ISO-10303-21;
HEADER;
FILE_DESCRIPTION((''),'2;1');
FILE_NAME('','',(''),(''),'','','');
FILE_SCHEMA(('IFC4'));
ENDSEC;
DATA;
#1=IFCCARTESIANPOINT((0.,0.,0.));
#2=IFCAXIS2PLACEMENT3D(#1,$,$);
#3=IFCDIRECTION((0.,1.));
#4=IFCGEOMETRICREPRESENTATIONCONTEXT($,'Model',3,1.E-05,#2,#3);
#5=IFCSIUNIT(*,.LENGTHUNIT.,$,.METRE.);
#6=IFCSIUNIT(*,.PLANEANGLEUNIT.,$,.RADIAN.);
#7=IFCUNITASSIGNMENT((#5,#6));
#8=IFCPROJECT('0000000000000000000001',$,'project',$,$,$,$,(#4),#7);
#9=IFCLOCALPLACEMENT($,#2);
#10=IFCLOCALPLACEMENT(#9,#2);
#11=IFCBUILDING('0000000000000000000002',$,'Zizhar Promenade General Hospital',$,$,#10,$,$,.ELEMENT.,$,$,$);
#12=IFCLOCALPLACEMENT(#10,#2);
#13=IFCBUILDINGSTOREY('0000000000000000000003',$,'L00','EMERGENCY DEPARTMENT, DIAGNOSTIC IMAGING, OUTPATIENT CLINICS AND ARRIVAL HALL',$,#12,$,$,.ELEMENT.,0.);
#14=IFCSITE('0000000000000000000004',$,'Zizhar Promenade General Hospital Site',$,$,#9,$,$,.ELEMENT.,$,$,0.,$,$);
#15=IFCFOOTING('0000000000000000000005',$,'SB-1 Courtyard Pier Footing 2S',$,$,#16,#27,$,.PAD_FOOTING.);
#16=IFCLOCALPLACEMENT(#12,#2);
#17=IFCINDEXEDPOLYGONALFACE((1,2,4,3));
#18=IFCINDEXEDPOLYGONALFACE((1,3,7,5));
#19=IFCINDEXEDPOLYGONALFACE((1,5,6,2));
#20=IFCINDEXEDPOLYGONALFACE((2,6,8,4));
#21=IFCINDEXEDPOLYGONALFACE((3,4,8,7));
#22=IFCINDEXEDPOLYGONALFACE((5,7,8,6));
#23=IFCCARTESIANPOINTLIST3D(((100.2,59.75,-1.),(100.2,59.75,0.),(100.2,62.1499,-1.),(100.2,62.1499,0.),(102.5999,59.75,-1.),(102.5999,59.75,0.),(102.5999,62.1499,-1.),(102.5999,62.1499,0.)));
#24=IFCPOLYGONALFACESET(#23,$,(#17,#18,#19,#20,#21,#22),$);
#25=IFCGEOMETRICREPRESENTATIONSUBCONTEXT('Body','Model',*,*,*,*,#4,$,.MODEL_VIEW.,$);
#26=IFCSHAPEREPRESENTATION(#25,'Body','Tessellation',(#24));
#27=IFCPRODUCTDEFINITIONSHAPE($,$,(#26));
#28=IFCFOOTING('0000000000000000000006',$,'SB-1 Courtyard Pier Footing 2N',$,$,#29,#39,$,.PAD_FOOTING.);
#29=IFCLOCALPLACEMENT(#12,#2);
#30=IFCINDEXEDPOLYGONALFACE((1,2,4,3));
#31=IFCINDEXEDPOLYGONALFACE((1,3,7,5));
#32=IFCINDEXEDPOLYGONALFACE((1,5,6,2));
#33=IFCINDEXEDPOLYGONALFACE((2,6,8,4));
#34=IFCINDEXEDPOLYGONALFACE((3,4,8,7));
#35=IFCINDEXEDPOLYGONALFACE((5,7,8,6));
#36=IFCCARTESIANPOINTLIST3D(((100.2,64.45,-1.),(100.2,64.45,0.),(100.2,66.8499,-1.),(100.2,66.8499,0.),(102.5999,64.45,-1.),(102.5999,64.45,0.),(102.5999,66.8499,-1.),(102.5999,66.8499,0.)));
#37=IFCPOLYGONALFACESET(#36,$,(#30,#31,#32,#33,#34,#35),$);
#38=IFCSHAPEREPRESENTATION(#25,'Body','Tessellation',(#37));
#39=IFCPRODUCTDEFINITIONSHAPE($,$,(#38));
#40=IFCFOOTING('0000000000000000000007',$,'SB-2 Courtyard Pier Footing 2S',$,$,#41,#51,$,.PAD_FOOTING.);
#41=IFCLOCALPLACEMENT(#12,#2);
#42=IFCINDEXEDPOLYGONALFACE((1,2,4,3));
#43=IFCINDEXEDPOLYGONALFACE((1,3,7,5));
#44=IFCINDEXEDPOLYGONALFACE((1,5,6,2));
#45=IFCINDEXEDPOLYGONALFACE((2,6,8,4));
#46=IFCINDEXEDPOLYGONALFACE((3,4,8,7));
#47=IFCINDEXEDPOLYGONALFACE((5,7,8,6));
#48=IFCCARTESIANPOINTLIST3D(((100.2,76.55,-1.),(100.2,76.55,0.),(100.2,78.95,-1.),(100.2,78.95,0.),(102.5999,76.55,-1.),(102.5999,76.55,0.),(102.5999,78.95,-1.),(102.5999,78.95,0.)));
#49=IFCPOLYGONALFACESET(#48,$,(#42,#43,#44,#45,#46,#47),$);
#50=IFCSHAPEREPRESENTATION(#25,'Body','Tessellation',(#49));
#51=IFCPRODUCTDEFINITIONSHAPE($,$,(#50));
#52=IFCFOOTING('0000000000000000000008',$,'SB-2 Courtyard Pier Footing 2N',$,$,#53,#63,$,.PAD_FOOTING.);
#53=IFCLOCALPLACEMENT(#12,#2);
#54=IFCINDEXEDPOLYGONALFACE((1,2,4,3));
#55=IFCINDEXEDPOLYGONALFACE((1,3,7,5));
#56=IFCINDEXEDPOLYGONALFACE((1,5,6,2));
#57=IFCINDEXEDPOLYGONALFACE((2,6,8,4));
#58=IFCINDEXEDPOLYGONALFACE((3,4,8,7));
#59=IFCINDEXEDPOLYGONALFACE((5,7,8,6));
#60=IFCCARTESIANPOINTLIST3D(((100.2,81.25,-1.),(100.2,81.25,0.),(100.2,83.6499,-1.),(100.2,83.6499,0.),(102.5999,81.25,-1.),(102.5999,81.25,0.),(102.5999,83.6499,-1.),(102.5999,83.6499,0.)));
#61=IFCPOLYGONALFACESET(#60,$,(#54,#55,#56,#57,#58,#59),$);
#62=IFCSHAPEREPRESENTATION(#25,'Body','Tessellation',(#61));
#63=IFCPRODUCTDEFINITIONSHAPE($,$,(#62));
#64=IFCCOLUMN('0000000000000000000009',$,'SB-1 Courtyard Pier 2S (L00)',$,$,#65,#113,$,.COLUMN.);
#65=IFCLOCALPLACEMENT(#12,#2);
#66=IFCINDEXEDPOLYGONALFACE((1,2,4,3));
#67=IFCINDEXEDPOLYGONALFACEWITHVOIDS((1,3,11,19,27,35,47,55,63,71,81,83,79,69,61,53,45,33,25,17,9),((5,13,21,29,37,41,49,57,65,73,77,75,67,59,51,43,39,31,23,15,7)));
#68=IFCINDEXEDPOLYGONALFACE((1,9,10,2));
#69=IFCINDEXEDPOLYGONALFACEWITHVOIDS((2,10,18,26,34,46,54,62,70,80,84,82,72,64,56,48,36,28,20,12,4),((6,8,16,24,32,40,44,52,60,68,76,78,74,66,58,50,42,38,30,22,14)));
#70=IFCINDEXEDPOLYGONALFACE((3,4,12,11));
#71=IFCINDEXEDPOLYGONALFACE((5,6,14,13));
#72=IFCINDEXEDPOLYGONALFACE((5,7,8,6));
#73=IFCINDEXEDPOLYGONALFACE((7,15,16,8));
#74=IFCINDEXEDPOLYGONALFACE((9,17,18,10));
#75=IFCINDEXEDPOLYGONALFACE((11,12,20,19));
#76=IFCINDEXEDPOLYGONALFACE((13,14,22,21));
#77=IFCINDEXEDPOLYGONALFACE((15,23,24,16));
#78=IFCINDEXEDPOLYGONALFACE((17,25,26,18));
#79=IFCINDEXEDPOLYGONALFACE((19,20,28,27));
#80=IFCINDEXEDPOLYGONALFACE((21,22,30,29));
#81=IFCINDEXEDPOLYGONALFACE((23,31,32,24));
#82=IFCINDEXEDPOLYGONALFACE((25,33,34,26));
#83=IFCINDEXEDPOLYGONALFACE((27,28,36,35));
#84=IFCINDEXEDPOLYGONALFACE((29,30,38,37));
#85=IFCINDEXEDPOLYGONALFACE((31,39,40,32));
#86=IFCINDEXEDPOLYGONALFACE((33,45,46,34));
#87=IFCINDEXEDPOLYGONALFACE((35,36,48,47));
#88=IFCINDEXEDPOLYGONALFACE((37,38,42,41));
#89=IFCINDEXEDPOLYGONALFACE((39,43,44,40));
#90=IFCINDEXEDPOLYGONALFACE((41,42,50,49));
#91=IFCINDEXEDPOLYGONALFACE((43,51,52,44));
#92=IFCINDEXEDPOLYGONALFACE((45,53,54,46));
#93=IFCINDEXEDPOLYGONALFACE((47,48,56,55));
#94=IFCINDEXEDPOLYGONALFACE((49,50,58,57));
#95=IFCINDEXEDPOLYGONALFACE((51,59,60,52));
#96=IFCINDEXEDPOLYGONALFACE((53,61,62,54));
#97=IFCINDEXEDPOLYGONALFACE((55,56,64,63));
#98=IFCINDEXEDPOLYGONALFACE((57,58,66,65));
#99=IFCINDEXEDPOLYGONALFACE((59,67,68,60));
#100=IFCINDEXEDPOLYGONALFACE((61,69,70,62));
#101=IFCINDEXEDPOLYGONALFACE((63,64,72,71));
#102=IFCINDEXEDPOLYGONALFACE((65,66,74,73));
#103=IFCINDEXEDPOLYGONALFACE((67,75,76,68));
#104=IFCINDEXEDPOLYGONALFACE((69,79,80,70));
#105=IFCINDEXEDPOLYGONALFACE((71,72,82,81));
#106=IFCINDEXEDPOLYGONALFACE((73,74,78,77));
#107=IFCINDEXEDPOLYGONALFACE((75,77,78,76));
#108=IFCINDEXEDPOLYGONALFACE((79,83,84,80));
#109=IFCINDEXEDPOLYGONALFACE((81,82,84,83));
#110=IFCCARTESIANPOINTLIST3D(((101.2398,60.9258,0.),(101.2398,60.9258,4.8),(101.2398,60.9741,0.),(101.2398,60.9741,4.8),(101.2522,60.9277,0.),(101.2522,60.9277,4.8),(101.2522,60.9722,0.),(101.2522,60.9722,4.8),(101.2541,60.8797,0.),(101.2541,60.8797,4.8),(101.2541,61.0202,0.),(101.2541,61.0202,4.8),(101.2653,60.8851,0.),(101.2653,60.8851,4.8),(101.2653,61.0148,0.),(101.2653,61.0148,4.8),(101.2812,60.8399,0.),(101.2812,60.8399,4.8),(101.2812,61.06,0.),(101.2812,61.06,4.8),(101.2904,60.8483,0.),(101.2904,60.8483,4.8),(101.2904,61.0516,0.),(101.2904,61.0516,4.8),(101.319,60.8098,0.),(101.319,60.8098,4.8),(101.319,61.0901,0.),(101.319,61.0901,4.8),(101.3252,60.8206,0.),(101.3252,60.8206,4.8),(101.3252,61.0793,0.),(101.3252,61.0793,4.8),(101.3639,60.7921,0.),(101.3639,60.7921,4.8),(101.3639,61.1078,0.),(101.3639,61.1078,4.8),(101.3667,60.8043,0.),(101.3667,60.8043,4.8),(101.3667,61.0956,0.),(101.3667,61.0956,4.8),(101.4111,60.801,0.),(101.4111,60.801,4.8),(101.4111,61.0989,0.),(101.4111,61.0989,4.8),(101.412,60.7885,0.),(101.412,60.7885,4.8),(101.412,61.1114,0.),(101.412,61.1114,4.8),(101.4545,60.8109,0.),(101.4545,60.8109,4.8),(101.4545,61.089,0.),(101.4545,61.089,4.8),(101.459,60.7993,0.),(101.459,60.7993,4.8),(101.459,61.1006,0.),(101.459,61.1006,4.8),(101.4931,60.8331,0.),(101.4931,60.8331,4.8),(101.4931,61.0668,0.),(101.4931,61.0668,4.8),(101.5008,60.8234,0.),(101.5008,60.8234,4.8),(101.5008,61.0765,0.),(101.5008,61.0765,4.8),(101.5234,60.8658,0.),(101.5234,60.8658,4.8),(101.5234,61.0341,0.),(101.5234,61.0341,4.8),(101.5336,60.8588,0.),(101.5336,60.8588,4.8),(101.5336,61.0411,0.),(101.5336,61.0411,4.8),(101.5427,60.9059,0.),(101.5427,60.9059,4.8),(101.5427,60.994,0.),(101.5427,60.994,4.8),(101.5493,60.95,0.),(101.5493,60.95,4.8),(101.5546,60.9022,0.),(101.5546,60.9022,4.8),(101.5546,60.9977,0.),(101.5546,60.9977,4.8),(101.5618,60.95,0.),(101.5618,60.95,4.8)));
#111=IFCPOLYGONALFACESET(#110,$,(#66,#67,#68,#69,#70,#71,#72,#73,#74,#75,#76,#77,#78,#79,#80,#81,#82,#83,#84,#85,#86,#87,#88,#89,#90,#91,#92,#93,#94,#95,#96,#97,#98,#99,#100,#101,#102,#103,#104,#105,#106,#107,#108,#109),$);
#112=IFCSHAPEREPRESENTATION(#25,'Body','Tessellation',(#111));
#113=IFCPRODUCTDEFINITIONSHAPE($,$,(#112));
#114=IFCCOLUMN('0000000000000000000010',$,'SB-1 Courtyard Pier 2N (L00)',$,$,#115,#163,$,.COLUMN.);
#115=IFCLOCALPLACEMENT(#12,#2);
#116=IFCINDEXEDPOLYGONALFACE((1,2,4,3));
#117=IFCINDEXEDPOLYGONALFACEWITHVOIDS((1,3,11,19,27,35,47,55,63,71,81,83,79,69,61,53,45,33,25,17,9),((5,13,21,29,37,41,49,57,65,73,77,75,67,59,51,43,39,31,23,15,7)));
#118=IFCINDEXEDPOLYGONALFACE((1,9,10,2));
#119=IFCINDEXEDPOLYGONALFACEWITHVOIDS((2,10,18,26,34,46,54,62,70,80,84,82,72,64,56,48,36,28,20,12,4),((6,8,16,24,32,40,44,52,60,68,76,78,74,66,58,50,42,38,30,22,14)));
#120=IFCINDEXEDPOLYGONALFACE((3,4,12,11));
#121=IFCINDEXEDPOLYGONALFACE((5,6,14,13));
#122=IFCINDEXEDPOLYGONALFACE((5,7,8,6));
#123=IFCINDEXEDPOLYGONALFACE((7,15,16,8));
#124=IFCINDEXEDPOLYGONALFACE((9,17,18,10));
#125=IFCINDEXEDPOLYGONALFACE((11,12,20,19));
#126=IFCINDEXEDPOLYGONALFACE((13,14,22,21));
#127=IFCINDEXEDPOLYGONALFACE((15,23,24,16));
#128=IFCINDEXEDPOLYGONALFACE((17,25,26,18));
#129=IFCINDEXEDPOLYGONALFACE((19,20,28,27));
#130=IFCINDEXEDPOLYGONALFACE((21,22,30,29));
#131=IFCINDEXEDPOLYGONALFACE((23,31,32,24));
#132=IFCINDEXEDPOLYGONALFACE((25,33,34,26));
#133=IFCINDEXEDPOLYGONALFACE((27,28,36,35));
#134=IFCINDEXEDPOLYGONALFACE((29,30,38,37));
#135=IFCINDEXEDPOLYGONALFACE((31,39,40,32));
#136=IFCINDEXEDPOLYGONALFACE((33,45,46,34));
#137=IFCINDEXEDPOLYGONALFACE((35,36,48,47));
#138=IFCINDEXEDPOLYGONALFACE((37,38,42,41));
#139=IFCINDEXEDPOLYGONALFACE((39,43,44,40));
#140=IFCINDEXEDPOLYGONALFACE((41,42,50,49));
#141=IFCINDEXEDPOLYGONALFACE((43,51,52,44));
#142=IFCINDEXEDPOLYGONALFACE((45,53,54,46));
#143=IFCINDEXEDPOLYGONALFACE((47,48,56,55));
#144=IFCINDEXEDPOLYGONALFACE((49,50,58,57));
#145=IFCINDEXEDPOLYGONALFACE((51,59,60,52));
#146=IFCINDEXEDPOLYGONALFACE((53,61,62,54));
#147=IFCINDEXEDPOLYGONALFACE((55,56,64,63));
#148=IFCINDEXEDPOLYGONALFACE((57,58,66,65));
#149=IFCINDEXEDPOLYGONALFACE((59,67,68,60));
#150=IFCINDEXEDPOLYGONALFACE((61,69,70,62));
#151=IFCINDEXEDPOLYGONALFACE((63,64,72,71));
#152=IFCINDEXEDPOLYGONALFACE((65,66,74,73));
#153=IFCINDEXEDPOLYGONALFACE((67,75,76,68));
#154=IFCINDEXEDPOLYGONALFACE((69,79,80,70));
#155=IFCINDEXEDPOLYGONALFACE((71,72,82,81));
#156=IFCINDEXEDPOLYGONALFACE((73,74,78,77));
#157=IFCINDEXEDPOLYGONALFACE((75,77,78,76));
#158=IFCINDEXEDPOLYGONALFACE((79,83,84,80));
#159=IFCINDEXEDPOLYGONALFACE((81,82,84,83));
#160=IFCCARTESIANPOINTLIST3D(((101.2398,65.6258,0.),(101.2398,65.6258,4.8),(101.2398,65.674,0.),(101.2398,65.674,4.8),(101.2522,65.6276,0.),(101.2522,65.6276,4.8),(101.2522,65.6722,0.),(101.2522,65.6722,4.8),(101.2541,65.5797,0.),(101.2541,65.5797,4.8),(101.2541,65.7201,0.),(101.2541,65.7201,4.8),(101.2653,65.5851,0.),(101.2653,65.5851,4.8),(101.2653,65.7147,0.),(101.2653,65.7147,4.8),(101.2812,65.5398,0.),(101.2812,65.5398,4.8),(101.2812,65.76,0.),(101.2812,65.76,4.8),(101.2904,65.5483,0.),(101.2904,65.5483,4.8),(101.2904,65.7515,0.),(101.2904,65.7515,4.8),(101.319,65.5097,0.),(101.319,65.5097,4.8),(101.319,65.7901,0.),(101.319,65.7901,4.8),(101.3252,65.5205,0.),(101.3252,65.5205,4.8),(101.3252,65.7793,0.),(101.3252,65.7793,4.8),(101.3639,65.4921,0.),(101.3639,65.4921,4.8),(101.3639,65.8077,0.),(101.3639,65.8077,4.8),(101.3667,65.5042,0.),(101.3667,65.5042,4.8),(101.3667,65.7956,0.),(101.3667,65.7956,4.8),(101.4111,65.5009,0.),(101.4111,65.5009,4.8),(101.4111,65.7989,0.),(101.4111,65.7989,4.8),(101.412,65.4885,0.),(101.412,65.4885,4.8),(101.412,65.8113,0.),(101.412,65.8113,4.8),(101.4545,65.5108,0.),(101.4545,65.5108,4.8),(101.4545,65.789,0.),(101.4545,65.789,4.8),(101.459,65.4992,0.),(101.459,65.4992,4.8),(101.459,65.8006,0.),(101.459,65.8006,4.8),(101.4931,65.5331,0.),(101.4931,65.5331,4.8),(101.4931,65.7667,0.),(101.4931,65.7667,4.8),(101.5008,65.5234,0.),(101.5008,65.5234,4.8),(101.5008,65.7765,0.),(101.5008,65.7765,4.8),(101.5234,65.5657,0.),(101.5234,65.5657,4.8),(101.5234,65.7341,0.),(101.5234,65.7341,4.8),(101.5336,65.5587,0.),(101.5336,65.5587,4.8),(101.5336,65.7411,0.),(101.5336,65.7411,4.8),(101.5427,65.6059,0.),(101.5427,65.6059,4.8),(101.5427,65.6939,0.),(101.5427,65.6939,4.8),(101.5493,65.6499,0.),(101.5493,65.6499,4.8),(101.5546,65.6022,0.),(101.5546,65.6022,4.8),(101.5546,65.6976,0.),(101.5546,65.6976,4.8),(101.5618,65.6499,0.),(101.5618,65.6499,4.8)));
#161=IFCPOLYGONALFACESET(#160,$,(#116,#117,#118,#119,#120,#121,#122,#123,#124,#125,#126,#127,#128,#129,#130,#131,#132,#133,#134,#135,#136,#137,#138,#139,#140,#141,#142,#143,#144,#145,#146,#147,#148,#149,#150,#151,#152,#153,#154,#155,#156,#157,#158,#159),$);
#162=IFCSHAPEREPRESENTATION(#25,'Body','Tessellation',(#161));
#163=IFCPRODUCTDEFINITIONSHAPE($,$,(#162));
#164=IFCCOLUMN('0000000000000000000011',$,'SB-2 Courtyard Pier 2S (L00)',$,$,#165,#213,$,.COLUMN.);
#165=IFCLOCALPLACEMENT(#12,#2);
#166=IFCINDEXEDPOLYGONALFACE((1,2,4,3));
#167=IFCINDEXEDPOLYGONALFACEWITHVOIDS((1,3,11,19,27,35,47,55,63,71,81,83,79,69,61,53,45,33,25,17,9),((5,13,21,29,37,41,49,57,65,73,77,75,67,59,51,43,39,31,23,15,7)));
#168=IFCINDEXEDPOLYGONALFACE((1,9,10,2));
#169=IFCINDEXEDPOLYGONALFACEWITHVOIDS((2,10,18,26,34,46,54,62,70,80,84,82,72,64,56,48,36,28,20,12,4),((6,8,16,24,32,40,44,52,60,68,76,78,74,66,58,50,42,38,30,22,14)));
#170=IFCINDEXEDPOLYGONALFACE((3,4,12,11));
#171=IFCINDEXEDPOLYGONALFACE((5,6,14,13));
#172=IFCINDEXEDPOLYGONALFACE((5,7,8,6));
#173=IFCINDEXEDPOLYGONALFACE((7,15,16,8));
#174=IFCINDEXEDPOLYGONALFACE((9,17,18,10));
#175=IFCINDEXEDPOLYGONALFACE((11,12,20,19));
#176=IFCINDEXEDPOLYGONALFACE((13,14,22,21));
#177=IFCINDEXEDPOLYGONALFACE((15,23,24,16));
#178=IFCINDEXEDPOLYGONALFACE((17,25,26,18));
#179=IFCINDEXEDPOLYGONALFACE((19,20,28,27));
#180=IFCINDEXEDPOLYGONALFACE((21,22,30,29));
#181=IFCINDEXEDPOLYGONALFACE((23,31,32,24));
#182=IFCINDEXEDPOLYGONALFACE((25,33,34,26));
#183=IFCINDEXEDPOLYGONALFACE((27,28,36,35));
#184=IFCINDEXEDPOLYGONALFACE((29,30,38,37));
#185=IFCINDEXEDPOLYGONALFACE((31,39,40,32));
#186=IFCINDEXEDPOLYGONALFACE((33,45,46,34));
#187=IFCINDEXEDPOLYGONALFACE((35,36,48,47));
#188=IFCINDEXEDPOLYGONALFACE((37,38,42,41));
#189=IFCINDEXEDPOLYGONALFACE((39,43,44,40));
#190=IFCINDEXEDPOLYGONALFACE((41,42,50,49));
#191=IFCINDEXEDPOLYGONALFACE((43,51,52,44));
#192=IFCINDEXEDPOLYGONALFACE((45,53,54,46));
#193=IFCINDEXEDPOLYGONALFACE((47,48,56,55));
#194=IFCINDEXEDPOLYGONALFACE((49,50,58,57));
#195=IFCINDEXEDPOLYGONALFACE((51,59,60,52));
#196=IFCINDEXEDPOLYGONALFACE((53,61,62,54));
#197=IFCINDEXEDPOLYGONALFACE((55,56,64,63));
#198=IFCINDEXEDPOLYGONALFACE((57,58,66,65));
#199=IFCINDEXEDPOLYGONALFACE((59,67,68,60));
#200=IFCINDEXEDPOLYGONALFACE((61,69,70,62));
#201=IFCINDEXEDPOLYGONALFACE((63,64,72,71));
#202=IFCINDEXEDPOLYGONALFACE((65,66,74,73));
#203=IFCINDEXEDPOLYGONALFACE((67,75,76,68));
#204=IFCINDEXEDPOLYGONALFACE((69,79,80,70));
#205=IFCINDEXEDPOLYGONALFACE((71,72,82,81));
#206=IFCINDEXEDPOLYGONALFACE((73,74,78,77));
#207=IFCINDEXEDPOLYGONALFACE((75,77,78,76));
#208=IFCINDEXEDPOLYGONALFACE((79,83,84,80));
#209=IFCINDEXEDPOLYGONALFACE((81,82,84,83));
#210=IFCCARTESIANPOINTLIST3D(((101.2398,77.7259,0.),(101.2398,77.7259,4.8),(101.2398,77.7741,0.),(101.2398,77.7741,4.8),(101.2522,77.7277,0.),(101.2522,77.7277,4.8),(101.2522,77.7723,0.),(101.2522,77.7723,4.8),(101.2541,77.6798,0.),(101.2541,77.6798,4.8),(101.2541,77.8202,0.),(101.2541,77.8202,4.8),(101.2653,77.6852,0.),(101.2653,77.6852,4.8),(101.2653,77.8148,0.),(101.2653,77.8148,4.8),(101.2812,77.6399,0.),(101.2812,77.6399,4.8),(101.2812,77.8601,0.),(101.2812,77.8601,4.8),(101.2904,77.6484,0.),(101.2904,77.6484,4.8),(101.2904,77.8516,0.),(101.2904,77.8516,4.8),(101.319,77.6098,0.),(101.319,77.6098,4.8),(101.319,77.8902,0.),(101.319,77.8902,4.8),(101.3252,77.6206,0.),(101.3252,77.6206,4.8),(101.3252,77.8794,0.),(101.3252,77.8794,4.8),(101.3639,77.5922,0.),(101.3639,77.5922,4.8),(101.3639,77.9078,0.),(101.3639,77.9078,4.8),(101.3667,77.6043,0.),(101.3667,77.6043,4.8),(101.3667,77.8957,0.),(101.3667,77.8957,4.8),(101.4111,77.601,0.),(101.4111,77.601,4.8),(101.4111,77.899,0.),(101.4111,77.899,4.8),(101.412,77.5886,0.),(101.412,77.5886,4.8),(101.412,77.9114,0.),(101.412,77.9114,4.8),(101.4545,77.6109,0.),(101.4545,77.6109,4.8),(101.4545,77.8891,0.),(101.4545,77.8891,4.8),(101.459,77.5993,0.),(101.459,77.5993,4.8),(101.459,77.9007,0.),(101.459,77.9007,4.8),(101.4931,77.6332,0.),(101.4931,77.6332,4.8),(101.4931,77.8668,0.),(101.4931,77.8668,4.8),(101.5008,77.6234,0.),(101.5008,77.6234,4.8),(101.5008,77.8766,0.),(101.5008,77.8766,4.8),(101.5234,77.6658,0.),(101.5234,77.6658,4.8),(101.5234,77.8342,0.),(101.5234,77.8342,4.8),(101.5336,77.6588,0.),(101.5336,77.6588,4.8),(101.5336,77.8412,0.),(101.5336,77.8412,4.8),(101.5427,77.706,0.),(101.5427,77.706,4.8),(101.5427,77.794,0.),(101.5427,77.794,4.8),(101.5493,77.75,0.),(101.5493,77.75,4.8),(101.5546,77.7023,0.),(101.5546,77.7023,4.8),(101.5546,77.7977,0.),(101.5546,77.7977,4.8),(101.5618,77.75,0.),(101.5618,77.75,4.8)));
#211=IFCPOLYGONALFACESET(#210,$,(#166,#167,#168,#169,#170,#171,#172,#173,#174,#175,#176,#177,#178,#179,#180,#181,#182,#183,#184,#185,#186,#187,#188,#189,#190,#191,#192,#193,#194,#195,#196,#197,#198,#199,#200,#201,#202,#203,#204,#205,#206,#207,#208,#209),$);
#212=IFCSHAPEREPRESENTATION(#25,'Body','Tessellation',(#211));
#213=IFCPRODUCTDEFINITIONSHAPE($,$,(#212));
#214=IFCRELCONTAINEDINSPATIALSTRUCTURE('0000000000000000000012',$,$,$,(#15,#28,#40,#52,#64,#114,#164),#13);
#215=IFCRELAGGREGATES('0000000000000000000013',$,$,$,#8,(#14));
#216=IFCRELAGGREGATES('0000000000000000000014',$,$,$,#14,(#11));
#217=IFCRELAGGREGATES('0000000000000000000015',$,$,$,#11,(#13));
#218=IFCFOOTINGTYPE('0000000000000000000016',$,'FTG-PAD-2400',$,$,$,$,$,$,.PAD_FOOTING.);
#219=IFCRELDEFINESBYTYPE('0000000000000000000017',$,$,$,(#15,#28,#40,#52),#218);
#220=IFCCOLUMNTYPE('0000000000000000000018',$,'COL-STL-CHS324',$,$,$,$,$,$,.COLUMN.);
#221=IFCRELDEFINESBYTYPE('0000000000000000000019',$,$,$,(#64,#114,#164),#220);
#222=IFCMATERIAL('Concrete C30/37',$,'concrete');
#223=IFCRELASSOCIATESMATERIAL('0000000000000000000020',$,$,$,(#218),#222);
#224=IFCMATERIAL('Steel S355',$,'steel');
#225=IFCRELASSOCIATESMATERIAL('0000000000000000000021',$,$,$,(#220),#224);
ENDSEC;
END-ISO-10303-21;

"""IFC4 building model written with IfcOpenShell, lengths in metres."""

from ifc_helpers import new_model, si_unit, direction, frame, origin, origin_2d, place, context, subcontext, project, spatial, rectangle, hollow_circle, extrude, material, material_profile, profile_set, type_object, element, save


model = new_model("IFC4")

# Units and contexts
model_context = context("Model", 3, precision=1e-05, world=origin(), true_north=direction((0.0, 1.0)))
body_context = subcontext(model_context, "Body", "Model", "MODEL_VIEW")
ifc_project = project(units=[si_unit("LENGTHUNIT", "METRE"), si_unit("PLANEANGLEUNIT", "RADIAN")], contexts=[model_context])

# Site, building, storey
site_placement = place(None, origin())
site = spatial("IfcSite", under=ifc_project, at=site_placement, Name="Zizhar Promenade General Hospital Site", CompositionType="ELEMENT", RefElevation=0.0)
building_placement = place(site_placement, origin())
building = spatial("IfcBuilding", under=site, at=building_placement, Name="Zizhar Promenade General Hospital", CompositionType="ELEMENT")
storey_placement = place(building_placement, origin())
storey = spatial("IfcBuildingStorey", under=building, at=storey_placement, Name="L00", Description="EMERGENCY DEPARTMENT, DIAGNOSTIC IMAGING, OUTPATIENT CLINICS AND ARRIVAL HALL", CompositionType="ELEMENT", Elevation=0.0)

# Footings
ifc_material_1 = material(Name="Concrete C30/37", Category="concrete")
footing_type = type_object("IfcFootingType", Name="FTG-PAD-2400", PredefinedType="PAD_FOOTING", material=ifc_material_1)
for number, where, z_axis, x_axis, name in (
    (1, (101.3999, 60.95, -1.0), (0.0, 0.0, 1.0), (1.0, 0.0, 0.0), "SB-1 Courtyard Pier Footing 2S"),
    (2, (101.3999, 65.6499, -1.0), (0.0, 0.0, 1.0), (1.0, 0.0, 0.0), "SB-1 Courtyard Pier Footing 2N"),
    (3, (101.3999, 77.75, -1.0), (0.0, 0.0, 1.0), (1.0, 0.0, 0.0), "SB-2 Courtyard Pier Footing 2S"),
    (4, (101.3999, 82.45, -1.0), (0.0, 0.0, 1.0), (1.0, 0.0, 0.0), "SB-2 Courtyard Pier Footing 2N"),
):
    element("IfcFooting", number, at=place(storey_placement, frame(where, z_axis=z_axis, x_axis=x_axis)), inside=storey, type_object=footing_type, Name=name, PredefinedType="PAD_FOOTING", context=body_context, shape_type="SweptSolid", body=[
        extrude(rectangle(XDim=2.3999, YDim=2.3999, at=origin_2d()), origin(), (0.0, 0.0, 1.0), 1.0),
    ])

# Columns
ifc_material_2 = material(Name="Steel S355", Category="steel")
ifc_material_profile_1 = material_profile(ifc_material_2, hollow_circle(Radius=0.1619, WallThickness=0.0125, at=origin_2d()))
ifc_profile_set_1 = profile_set([ifc_material_profile_1], Name="Steel S355")
column_type = type_object("IfcColumnType", Name="COL-STL-CHS324", PredefinedType="COLUMN", material=ifc_profile_set_1)
for number, where, z_axis, x_axis, name in (
    (5, (101.3999, 60.95, 0.0), (0.0, 0.0, 1.0), (1.0, 0.0, 0.0), "SB-1 Courtyard Pier 2S (L00)"),
    (6, (101.3999, 65.6499, 0.0), (0.0, 0.0, 1.0), (1.0, 0.0, 0.0), "SB-1 Courtyard Pier 2N (L00)"),
    (7, (101.3999, 77.75, 0.0), (0.0, 0.0, 1.0), (1.0, 0.0, 0.0), "SB-2 Courtyard Pier 2S (L00)"),
):
    element("IfcColumn", number, at=place(storey_placement, frame(where, z_axis=z_axis, x_axis=x_axis)), inside=storey, type_object=column_type, Name=name, PredefinedType="COLUMN", context=body_context, shape_type="SweptSolid", body=[
        extrude(hollow_circle(Radius=0.1619, WallThickness=0.0125, at=origin_2d()), origin(), (0.0, 0.0, 1.0), 4.8),
    ])

save(model, "model.ifc")
